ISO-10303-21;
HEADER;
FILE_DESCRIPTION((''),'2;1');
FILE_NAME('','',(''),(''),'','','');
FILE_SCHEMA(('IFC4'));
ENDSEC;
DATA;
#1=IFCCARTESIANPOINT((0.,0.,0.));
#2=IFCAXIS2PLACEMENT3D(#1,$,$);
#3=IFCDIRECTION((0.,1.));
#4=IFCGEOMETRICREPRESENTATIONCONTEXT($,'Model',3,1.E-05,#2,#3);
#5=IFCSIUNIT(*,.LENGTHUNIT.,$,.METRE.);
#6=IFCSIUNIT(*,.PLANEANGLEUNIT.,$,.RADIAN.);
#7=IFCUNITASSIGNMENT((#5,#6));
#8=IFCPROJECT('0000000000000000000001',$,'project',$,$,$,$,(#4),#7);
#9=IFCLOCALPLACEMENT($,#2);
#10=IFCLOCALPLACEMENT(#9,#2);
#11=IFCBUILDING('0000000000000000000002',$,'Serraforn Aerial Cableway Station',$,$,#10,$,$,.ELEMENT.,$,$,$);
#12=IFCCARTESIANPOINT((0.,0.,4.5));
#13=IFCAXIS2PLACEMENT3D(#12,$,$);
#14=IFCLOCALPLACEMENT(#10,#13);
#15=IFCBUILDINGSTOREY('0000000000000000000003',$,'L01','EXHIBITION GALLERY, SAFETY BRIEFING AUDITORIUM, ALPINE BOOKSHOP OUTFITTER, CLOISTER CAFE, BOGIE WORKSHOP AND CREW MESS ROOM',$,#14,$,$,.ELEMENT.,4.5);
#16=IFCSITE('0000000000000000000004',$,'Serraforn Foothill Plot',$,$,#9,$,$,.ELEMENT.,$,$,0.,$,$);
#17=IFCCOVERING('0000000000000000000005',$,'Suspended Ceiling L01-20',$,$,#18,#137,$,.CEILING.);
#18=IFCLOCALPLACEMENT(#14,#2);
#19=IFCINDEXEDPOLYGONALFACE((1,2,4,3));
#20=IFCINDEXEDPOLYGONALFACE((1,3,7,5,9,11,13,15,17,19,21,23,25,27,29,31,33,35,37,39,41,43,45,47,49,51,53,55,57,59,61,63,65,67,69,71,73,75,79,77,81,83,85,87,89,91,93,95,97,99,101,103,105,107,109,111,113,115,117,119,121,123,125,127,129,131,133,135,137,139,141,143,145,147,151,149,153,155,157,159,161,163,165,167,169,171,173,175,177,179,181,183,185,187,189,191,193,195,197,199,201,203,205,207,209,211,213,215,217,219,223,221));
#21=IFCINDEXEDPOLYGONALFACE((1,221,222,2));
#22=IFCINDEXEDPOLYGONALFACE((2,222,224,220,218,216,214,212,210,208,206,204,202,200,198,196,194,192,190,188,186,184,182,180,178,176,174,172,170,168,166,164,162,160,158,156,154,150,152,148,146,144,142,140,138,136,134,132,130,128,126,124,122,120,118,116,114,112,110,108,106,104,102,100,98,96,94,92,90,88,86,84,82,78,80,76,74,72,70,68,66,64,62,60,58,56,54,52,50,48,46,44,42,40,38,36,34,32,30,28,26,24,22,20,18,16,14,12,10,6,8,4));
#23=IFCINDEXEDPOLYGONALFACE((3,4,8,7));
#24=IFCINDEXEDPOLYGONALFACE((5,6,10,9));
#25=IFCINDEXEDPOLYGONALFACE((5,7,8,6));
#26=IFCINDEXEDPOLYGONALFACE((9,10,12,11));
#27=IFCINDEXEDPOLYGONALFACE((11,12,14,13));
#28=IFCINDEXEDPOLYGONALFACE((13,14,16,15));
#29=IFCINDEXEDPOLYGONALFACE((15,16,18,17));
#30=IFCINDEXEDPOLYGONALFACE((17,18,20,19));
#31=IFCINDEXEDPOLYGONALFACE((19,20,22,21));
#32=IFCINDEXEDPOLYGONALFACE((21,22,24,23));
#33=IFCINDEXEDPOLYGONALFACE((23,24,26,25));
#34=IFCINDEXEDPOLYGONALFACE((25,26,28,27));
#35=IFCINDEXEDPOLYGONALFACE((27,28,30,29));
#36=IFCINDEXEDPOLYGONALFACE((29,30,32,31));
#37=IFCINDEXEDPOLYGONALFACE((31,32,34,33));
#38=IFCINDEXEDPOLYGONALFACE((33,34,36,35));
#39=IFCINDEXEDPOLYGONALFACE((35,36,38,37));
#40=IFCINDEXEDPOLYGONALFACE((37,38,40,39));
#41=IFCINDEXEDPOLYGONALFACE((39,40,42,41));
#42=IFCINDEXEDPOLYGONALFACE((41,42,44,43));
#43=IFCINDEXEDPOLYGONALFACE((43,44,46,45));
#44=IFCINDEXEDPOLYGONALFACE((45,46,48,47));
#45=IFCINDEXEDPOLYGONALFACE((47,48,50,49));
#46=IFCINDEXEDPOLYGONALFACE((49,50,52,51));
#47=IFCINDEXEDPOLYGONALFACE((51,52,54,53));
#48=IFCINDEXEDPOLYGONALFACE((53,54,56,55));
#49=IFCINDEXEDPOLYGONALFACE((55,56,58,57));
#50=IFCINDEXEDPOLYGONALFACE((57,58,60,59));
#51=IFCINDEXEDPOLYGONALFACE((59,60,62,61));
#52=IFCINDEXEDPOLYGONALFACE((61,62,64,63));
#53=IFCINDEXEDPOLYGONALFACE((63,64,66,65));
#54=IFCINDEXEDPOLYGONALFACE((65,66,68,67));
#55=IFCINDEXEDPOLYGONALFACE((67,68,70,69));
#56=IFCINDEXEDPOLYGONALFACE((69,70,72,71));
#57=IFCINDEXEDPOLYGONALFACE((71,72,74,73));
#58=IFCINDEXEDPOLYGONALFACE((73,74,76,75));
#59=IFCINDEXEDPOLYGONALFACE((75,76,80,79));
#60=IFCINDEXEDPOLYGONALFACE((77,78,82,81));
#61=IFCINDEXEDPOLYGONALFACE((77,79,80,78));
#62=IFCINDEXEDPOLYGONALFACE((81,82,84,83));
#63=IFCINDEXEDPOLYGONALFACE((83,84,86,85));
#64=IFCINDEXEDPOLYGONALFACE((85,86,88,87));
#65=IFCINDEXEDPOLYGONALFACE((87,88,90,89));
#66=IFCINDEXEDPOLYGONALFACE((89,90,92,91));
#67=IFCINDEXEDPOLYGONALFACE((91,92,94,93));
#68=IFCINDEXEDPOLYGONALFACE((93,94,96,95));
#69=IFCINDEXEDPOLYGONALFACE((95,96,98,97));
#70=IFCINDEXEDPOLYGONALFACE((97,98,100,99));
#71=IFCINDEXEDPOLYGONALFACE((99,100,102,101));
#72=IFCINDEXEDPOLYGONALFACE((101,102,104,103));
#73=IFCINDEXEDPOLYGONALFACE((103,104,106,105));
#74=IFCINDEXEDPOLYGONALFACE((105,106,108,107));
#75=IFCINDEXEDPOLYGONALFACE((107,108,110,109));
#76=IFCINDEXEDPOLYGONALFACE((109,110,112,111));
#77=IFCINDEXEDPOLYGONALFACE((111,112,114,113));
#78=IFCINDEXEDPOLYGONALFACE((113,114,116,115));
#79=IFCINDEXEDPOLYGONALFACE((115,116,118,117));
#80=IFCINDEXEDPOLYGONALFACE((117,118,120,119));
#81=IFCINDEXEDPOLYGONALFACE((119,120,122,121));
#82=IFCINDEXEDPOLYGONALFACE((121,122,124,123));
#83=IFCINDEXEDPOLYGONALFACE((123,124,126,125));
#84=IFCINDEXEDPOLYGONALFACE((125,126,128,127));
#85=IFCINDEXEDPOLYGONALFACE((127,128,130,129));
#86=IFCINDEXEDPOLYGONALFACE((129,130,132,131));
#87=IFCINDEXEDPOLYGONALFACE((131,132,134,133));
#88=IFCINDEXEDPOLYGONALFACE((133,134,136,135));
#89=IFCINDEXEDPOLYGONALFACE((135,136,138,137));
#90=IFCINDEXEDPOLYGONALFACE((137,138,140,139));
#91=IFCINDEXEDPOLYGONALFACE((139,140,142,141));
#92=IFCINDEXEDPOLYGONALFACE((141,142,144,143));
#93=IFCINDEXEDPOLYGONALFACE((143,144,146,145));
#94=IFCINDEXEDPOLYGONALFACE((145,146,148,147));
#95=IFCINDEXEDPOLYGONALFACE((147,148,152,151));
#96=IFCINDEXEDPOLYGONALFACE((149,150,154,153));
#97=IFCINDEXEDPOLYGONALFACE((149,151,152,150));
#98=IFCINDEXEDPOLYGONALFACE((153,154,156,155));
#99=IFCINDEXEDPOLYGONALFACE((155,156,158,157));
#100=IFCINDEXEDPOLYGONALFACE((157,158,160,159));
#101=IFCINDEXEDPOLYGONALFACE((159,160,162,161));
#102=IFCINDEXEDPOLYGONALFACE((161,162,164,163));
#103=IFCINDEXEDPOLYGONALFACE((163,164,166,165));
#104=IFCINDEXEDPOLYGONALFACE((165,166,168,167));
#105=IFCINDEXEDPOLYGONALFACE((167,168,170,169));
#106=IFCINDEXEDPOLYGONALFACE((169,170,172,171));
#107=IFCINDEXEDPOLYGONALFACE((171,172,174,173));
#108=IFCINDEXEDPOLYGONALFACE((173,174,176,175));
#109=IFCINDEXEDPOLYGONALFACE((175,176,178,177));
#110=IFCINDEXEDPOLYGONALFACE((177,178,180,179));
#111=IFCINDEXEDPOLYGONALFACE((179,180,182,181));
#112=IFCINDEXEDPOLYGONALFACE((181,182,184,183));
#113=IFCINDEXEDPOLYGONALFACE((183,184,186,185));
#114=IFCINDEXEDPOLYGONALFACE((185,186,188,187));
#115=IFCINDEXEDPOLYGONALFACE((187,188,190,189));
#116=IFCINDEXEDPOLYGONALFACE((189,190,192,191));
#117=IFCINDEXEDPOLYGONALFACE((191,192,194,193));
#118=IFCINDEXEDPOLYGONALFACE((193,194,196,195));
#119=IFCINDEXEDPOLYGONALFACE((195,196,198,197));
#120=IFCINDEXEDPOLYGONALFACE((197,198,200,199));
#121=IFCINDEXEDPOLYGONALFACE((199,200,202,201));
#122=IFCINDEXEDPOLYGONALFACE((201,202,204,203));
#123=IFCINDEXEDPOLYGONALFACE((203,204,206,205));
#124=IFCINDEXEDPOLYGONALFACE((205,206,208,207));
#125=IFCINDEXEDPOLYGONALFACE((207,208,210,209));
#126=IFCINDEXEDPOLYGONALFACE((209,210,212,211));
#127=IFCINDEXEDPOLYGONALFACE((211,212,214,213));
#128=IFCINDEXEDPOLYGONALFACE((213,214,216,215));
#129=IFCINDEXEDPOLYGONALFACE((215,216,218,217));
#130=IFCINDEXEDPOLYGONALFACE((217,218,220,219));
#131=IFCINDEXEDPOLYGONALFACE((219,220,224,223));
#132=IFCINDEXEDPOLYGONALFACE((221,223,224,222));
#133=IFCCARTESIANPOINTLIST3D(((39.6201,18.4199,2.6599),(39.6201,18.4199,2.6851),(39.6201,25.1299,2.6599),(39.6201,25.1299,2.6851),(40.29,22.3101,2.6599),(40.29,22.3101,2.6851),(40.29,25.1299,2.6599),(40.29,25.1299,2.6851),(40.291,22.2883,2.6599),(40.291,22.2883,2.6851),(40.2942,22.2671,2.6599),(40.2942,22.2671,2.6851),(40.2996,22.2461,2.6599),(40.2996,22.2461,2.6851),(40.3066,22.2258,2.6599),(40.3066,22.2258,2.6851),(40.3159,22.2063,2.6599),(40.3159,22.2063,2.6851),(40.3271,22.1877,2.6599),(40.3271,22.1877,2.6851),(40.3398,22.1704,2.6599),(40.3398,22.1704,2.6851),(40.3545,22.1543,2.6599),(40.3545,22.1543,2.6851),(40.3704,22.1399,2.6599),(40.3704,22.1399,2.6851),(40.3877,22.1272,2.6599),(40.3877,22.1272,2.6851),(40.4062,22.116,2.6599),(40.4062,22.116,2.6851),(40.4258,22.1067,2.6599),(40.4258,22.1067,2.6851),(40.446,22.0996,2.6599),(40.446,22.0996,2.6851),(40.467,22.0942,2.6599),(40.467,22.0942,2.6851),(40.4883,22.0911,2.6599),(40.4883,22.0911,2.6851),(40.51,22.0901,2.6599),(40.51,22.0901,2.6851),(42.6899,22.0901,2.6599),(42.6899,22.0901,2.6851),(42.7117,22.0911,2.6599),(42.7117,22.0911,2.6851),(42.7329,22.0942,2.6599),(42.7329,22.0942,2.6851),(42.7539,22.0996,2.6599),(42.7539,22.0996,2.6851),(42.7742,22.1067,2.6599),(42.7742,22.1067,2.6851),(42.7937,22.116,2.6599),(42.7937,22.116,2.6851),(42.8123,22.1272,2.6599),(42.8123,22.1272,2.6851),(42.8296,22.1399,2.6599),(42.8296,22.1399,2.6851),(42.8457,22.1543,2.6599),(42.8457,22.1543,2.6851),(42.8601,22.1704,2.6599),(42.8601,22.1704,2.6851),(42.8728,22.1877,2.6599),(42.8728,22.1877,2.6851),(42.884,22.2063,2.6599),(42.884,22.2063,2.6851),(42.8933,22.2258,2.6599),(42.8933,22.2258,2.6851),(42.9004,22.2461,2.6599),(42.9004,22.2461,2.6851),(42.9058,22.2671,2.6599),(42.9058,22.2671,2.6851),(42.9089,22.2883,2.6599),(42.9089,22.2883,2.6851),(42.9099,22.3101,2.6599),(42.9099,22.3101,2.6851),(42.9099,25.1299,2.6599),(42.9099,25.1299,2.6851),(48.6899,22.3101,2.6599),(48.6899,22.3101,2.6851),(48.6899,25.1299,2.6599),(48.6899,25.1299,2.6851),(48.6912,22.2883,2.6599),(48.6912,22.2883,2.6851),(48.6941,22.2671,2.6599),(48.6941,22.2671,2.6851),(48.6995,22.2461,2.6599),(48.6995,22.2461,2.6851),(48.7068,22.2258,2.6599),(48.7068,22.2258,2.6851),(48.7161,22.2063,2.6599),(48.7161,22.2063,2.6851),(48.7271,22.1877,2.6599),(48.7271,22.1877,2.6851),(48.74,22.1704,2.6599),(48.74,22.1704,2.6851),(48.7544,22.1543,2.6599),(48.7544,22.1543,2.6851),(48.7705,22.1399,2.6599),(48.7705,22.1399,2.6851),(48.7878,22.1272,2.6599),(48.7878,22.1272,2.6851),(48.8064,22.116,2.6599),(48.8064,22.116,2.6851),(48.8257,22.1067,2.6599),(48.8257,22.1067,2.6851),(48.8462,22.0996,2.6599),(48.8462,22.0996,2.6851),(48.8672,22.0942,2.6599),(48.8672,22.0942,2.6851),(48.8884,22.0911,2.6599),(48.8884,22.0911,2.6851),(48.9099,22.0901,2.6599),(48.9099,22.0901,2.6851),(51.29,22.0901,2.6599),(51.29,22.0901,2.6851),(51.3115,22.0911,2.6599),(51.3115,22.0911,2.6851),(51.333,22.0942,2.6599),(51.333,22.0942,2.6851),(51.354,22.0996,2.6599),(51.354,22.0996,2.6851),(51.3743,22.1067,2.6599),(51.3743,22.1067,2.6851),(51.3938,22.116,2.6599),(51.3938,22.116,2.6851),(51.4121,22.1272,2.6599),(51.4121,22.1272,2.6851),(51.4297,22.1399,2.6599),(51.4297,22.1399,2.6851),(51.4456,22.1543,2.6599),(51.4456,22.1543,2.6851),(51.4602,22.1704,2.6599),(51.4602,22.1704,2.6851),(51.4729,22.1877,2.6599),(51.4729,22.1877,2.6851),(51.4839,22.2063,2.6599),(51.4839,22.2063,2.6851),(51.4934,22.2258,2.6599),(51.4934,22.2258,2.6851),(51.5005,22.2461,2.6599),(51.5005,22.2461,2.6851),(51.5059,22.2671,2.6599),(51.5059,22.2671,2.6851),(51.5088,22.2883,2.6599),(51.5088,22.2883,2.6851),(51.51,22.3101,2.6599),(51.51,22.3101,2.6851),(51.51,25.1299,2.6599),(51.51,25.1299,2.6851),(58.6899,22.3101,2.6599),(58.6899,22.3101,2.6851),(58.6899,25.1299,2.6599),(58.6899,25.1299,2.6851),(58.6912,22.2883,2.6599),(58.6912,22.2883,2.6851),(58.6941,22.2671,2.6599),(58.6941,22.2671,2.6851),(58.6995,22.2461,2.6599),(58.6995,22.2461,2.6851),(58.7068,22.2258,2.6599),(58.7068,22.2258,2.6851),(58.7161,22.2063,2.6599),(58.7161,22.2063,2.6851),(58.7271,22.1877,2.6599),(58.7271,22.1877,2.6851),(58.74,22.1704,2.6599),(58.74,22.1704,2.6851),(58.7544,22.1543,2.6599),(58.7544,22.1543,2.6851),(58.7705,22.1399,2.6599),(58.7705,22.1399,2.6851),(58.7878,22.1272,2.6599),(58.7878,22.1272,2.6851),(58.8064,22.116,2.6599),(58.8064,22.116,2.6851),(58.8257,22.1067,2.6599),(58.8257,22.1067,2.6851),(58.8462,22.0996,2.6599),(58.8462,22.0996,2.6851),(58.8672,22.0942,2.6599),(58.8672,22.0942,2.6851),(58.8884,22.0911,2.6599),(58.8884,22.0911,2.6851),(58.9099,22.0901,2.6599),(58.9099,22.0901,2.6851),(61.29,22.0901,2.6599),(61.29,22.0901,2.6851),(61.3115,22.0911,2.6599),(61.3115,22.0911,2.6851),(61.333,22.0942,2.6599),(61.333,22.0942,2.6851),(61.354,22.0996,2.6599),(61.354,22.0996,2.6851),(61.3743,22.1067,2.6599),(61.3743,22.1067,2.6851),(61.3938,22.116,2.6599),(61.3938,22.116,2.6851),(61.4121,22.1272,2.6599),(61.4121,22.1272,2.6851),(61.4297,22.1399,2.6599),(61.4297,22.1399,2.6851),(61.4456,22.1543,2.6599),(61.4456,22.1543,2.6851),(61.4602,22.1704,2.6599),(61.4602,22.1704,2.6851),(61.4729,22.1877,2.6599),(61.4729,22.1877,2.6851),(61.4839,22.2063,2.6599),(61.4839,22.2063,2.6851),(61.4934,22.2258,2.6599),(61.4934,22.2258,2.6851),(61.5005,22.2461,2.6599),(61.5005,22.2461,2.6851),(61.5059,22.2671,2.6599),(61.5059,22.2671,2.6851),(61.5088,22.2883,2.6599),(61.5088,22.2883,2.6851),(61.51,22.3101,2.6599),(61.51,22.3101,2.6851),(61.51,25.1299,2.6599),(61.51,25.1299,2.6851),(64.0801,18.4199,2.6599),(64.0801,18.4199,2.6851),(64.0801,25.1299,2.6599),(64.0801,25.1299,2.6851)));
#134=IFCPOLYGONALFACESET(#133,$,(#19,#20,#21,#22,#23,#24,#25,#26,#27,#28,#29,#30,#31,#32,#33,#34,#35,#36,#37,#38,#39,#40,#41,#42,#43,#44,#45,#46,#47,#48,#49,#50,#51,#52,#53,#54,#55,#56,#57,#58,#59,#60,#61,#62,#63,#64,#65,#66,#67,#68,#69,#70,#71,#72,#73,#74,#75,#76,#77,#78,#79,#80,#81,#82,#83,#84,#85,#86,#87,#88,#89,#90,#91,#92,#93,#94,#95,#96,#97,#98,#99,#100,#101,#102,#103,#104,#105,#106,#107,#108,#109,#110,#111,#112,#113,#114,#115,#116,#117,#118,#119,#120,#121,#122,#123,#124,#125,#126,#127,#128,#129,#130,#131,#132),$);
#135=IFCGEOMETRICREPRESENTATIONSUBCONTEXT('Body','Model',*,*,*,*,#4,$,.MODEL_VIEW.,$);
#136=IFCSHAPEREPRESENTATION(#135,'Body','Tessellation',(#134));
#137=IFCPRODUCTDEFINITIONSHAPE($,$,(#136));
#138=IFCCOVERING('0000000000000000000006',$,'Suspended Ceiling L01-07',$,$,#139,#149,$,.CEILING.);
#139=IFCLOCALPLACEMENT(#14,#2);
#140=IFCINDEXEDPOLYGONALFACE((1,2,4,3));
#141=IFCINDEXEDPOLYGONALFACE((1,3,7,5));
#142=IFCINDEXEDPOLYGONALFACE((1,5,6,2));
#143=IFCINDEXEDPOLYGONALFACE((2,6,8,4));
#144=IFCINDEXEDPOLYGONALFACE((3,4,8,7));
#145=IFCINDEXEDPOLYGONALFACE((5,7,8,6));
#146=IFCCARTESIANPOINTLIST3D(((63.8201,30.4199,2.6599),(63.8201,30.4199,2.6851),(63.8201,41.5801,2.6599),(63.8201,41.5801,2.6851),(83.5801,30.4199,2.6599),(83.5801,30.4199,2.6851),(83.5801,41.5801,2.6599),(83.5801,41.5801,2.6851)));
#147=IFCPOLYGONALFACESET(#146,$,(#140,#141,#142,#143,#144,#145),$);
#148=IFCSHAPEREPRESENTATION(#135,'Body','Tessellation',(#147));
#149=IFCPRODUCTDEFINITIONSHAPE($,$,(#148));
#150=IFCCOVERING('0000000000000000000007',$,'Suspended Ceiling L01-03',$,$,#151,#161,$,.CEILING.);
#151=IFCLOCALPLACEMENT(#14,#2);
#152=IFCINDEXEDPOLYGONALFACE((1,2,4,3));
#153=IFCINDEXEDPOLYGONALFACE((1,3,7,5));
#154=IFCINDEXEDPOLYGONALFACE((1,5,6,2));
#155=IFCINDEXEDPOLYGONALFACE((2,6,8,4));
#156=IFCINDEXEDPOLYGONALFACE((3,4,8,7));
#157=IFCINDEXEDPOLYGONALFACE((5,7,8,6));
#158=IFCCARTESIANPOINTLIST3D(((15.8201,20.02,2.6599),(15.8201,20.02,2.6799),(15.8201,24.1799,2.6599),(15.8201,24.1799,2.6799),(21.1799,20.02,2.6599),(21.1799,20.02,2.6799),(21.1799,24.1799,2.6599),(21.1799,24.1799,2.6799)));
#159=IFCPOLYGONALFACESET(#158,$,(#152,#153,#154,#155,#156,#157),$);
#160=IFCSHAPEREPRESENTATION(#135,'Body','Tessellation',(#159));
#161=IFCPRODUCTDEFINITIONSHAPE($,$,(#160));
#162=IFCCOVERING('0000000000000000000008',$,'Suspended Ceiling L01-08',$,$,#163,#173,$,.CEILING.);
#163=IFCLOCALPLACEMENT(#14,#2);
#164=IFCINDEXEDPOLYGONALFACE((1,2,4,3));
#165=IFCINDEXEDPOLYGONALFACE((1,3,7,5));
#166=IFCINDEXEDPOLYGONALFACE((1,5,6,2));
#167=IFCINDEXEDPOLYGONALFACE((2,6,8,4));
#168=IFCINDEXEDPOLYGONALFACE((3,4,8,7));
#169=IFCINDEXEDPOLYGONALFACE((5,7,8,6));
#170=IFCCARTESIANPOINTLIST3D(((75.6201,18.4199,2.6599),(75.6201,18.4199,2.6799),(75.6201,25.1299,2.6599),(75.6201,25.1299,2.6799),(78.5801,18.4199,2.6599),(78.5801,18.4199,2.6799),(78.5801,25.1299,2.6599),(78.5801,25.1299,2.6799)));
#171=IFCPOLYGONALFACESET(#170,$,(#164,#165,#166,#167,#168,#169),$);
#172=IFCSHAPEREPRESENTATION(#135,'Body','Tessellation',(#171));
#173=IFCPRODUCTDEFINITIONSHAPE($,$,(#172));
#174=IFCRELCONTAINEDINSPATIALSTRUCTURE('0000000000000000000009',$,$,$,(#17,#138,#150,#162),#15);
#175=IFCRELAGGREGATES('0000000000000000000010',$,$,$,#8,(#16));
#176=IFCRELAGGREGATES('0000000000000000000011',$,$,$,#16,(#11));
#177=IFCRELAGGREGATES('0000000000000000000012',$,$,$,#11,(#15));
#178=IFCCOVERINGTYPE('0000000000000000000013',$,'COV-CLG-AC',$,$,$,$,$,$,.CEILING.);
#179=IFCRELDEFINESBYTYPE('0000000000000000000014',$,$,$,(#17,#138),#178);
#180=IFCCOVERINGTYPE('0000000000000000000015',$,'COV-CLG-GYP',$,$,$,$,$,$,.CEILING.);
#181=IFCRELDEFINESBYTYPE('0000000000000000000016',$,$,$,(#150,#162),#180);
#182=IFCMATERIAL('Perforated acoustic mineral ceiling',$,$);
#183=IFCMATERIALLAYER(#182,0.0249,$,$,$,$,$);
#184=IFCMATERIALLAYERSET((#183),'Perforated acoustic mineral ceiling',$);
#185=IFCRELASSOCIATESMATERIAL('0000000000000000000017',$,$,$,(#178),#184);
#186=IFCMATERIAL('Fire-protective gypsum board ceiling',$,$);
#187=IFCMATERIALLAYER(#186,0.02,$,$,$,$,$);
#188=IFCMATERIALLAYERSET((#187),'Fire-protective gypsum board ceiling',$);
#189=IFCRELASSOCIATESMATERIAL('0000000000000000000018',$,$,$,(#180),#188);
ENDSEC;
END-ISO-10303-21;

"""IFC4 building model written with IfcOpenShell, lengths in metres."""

from ifc_helpers import new_model, si_unit, direction, frame, origin, place, context, subcontext, project, spatial, polyline, outline, extrude, material, layer, layer_set, type_object, element, save


model = new_model("IFC4")

# Units and contexts
model_context = context("Model", 3, precision=1e-05, world=origin(), true_north=direction((0.0, 1.0)))
body_context = subcontext(model_context, "Body", "Model", "MODEL_VIEW")
ifc_project = project(units=[si_unit("LENGTHUNIT", "METRE"), si_unit("PLANEANGLEUNIT", "RADIAN")], contexts=[model_context])

# Site, building, storey
site_placement = place(None, origin())
site = spatial("IfcSite", under=ifc_project, at=site_placement, Name="Serraforn Foothill Plot", CompositionType="ELEMENT", RefElevation=0.0)
building_placement = place(site_placement, origin())
building = spatial("IfcBuilding", under=site, at=building_placement, Name="Serraforn Aerial Cableway Station", CompositionType="ELEMENT")
storey_placement = place(building_placement, frame((0.0, 0.0, 4.5)))
storey = spatial("IfcBuildingStorey", under=building, at=storey_placement, Name="L01", Description="EXHIBITION GALLERY, SAFETY BRIEFING AUDITORIUM, ALPINE BOOKSHOP OUTFITTER, CLOISTER CAFE, BOGIE WORKSHOP AND CREW MESS ROOM", CompositionType="ELEMENT", Elevation=4.5)

# Coverings
ifc_material_1 = material(Name="Perforated acoustic mineral ceiling")
ifc_layer_1 = layer(ifc_material_1, 0.0249)
ifc_layer_set_1 = layer_set([ifc_layer_1], Name="Perforated acoustic mineral ceiling")
covering_type_1 = type_object("IfcCoveringType", Name="COV-CLG-AC", PredefinedType="CEILING", material=ifc_layer_set_1)
covering_1_placement = place(storey_placement, frame((0.0, 0.0, 2.6599)))
element("IfcCovering", 1, at=covering_1_placement, inside=storey, type_object=covering_type_1, Name="Suspended Ceiling L01-20", PredefinedType="CEILING", context=body_context, shape_type="SweptSolid", body=[
    extrude(outline(polyline([(39.6201, 18.4199), (39.6201, 25.1299), (40.29, 25.1299), (40.29, 22.3101), (40.291, 22.2883), (40.2942, 22.2671), (40.2996, 22.2461), (40.3066, 22.2258), (40.3159, 22.2063), (40.3271, 22.1877), (40.3398, 22.1704), (40.3545, 22.1543), (40.3704, 22.1399), (40.3877, 22.1272), (40.4062, 22.116), (40.4258, 22.1067), (40.446, 22.0996), (40.467, 22.0942), (40.4883, 22.0911), (40.51, 22.0901), (42.6899, 22.0901), (42.7117, 22.0911), (42.7329, 22.0942), (42.7539, 22.0996), (42.7742, 22.1067), (42.7937, 22.116), (42.8123, 22.1272), (42.8296, 22.1399), (42.8457, 22.1543), (42.8601, 22.1704), (42.8728, 22.1877), (42.884, 22.2063), (42.8933, 22.2258), (42.9004, 22.2461), (42.9058, 22.2671), (42.9089, 22.2883), (42.9099, 22.3101), (42.9099, 25.1299), (48.6899, 25.1299), (48.6899, 22.3101), (48.6912, 22.2883), (48.6941, 22.2671), (48.6995, 22.2461), (48.7068, 22.2258), (48.7161, 22.2063), (48.7271, 22.1877), (48.74, 22.1704), (48.7544, 22.1543), (48.7705, 22.1399), (48.7878, 22.1272), (48.8064, 22.116), (48.8257, 22.1067), (48.8462, 22.0996), (48.8672, 22.0942), (48.8884, 22.0911), (48.9099, 22.0901), (51.29, 22.0901), (51.3115, 22.0911), (51.333, 22.0942), (51.354, 22.0996), (51.3743, 22.1067), (51.3938, 22.116), (51.4121, 22.1272), (51.4297, 22.1399), (51.4456, 22.1543), (51.4602, 22.1704), (51.4729, 22.1877), (51.4839, 22.2063), (51.4934, 22.2258), (51.5005, 22.2461), (51.5059, 22.2671), (51.5088, 22.2883), (51.51, 22.3101), (51.51, 25.1299), (58.6899, 25.1299), (58.6899, 22.3101), (58.6912, 22.2883), (58.6941, 22.2671), (58.6995, 22.2461), (58.7068, 22.2258), (58.7161, 22.2063), (58.7271, 22.1877), (58.74, 22.1704), (58.7544, 22.1543), (58.7705, 22.1399), (58.7878, 22.1272), (58.8064, 22.116), (58.8257, 22.1067), (58.8462, 22.0996), (58.8672, 22.0942), (58.8884, 22.0911), (58.9099, 22.0901), (61.29, 22.0901), (61.3115, 22.0911), (61.333, 22.0942), (61.354, 22.0996), (61.3743, 22.1067), (61.3938, 22.116), (61.4121, 22.1272), (61.4297, 22.1399), (61.4456, 22.1543), (61.4602, 22.1704), (61.4729, 22.1877), (61.4839, 22.2063), (61.4934, 22.2258), (61.5005, 22.2461), (61.5059, 22.2671), (61.5088, 22.2883), (61.51, 22.3101), (61.51, 25.1299), (64.0801, 25.1299), (64.0801, 18.4199), (39.6201, 18.4199)])), origin(), (0.0, 0.0, 1.0), 0.0251),
])
covering_2_placement = place(storey_placement, frame((0.0, 0.0, 2.6599)))
element("IfcCovering", 2, at=covering_2_placement, inside=storey, type_object=covering_type_1, Name="Suspended Ceiling L01-07", PredefinedType="CEILING", context=body_context, shape_type="SweptSolid", body=[
    extrude(outline(polyline([(63.8201, 30.4199), (63.8201, 41.5801), (83.5801, 41.5801), (83.5801, 30.4199), (63.8201, 30.4199)])), origin(), (0.0, 0.0, 1.0), 0.0251),
])
ifc_material_2 = material(Name="Fire-protective gypsum board ceiling")
ifc_layer_2 = layer(ifc_material_2, 0.02)
ifc_layer_set_2 = layer_set([ifc_layer_2], Name="Fire-protective gypsum board ceiling")
covering_type_2 = type_object("IfcCoveringType", Name="COV-CLG-GYP", PredefinedType="CEILING", material=ifc_layer_set_2)
covering_3_placement = place(storey_placement, frame((0.0, 0.0, 2.6599)))
element("IfcCovering", 3, at=covering_3_placement, inside=storey, type_object=covering_type_2, Name="Suspended Ceiling L01-03", PredefinedType="CEILING", context=body_context, shape_type="SweptSolid", body=[
    extrude(outline(polyline([(15.8201, 20.02), (15.8201, 24.1799), (21.1799, 24.1799), (21.1799, 20.02), (15.8201, 20.02)])), origin(), (0.0, 0.0, 1.0), 0.02),
])
covering_4_placement = place(storey_placement, frame((0.0, 0.0, 2.6599)))
element("IfcCovering", 4, at=covering_4_placement, inside=storey, type_object=covering_type_2, Name="Suspended Ceiling L01-08", PredefinedType="CEILING", context=body_context, shape_type="SweptSolid", body=[
    extrude(outline(polyline([(75.6201, 18.4199), (75.6201, 25.1299), (78.5801, 25.1299), (78.5801, 18.4199), (75.6201, 18.4199)])), origin(), (0.0, 0.0, 1.0), 0.02),
])

save(model, "model.ifc")
